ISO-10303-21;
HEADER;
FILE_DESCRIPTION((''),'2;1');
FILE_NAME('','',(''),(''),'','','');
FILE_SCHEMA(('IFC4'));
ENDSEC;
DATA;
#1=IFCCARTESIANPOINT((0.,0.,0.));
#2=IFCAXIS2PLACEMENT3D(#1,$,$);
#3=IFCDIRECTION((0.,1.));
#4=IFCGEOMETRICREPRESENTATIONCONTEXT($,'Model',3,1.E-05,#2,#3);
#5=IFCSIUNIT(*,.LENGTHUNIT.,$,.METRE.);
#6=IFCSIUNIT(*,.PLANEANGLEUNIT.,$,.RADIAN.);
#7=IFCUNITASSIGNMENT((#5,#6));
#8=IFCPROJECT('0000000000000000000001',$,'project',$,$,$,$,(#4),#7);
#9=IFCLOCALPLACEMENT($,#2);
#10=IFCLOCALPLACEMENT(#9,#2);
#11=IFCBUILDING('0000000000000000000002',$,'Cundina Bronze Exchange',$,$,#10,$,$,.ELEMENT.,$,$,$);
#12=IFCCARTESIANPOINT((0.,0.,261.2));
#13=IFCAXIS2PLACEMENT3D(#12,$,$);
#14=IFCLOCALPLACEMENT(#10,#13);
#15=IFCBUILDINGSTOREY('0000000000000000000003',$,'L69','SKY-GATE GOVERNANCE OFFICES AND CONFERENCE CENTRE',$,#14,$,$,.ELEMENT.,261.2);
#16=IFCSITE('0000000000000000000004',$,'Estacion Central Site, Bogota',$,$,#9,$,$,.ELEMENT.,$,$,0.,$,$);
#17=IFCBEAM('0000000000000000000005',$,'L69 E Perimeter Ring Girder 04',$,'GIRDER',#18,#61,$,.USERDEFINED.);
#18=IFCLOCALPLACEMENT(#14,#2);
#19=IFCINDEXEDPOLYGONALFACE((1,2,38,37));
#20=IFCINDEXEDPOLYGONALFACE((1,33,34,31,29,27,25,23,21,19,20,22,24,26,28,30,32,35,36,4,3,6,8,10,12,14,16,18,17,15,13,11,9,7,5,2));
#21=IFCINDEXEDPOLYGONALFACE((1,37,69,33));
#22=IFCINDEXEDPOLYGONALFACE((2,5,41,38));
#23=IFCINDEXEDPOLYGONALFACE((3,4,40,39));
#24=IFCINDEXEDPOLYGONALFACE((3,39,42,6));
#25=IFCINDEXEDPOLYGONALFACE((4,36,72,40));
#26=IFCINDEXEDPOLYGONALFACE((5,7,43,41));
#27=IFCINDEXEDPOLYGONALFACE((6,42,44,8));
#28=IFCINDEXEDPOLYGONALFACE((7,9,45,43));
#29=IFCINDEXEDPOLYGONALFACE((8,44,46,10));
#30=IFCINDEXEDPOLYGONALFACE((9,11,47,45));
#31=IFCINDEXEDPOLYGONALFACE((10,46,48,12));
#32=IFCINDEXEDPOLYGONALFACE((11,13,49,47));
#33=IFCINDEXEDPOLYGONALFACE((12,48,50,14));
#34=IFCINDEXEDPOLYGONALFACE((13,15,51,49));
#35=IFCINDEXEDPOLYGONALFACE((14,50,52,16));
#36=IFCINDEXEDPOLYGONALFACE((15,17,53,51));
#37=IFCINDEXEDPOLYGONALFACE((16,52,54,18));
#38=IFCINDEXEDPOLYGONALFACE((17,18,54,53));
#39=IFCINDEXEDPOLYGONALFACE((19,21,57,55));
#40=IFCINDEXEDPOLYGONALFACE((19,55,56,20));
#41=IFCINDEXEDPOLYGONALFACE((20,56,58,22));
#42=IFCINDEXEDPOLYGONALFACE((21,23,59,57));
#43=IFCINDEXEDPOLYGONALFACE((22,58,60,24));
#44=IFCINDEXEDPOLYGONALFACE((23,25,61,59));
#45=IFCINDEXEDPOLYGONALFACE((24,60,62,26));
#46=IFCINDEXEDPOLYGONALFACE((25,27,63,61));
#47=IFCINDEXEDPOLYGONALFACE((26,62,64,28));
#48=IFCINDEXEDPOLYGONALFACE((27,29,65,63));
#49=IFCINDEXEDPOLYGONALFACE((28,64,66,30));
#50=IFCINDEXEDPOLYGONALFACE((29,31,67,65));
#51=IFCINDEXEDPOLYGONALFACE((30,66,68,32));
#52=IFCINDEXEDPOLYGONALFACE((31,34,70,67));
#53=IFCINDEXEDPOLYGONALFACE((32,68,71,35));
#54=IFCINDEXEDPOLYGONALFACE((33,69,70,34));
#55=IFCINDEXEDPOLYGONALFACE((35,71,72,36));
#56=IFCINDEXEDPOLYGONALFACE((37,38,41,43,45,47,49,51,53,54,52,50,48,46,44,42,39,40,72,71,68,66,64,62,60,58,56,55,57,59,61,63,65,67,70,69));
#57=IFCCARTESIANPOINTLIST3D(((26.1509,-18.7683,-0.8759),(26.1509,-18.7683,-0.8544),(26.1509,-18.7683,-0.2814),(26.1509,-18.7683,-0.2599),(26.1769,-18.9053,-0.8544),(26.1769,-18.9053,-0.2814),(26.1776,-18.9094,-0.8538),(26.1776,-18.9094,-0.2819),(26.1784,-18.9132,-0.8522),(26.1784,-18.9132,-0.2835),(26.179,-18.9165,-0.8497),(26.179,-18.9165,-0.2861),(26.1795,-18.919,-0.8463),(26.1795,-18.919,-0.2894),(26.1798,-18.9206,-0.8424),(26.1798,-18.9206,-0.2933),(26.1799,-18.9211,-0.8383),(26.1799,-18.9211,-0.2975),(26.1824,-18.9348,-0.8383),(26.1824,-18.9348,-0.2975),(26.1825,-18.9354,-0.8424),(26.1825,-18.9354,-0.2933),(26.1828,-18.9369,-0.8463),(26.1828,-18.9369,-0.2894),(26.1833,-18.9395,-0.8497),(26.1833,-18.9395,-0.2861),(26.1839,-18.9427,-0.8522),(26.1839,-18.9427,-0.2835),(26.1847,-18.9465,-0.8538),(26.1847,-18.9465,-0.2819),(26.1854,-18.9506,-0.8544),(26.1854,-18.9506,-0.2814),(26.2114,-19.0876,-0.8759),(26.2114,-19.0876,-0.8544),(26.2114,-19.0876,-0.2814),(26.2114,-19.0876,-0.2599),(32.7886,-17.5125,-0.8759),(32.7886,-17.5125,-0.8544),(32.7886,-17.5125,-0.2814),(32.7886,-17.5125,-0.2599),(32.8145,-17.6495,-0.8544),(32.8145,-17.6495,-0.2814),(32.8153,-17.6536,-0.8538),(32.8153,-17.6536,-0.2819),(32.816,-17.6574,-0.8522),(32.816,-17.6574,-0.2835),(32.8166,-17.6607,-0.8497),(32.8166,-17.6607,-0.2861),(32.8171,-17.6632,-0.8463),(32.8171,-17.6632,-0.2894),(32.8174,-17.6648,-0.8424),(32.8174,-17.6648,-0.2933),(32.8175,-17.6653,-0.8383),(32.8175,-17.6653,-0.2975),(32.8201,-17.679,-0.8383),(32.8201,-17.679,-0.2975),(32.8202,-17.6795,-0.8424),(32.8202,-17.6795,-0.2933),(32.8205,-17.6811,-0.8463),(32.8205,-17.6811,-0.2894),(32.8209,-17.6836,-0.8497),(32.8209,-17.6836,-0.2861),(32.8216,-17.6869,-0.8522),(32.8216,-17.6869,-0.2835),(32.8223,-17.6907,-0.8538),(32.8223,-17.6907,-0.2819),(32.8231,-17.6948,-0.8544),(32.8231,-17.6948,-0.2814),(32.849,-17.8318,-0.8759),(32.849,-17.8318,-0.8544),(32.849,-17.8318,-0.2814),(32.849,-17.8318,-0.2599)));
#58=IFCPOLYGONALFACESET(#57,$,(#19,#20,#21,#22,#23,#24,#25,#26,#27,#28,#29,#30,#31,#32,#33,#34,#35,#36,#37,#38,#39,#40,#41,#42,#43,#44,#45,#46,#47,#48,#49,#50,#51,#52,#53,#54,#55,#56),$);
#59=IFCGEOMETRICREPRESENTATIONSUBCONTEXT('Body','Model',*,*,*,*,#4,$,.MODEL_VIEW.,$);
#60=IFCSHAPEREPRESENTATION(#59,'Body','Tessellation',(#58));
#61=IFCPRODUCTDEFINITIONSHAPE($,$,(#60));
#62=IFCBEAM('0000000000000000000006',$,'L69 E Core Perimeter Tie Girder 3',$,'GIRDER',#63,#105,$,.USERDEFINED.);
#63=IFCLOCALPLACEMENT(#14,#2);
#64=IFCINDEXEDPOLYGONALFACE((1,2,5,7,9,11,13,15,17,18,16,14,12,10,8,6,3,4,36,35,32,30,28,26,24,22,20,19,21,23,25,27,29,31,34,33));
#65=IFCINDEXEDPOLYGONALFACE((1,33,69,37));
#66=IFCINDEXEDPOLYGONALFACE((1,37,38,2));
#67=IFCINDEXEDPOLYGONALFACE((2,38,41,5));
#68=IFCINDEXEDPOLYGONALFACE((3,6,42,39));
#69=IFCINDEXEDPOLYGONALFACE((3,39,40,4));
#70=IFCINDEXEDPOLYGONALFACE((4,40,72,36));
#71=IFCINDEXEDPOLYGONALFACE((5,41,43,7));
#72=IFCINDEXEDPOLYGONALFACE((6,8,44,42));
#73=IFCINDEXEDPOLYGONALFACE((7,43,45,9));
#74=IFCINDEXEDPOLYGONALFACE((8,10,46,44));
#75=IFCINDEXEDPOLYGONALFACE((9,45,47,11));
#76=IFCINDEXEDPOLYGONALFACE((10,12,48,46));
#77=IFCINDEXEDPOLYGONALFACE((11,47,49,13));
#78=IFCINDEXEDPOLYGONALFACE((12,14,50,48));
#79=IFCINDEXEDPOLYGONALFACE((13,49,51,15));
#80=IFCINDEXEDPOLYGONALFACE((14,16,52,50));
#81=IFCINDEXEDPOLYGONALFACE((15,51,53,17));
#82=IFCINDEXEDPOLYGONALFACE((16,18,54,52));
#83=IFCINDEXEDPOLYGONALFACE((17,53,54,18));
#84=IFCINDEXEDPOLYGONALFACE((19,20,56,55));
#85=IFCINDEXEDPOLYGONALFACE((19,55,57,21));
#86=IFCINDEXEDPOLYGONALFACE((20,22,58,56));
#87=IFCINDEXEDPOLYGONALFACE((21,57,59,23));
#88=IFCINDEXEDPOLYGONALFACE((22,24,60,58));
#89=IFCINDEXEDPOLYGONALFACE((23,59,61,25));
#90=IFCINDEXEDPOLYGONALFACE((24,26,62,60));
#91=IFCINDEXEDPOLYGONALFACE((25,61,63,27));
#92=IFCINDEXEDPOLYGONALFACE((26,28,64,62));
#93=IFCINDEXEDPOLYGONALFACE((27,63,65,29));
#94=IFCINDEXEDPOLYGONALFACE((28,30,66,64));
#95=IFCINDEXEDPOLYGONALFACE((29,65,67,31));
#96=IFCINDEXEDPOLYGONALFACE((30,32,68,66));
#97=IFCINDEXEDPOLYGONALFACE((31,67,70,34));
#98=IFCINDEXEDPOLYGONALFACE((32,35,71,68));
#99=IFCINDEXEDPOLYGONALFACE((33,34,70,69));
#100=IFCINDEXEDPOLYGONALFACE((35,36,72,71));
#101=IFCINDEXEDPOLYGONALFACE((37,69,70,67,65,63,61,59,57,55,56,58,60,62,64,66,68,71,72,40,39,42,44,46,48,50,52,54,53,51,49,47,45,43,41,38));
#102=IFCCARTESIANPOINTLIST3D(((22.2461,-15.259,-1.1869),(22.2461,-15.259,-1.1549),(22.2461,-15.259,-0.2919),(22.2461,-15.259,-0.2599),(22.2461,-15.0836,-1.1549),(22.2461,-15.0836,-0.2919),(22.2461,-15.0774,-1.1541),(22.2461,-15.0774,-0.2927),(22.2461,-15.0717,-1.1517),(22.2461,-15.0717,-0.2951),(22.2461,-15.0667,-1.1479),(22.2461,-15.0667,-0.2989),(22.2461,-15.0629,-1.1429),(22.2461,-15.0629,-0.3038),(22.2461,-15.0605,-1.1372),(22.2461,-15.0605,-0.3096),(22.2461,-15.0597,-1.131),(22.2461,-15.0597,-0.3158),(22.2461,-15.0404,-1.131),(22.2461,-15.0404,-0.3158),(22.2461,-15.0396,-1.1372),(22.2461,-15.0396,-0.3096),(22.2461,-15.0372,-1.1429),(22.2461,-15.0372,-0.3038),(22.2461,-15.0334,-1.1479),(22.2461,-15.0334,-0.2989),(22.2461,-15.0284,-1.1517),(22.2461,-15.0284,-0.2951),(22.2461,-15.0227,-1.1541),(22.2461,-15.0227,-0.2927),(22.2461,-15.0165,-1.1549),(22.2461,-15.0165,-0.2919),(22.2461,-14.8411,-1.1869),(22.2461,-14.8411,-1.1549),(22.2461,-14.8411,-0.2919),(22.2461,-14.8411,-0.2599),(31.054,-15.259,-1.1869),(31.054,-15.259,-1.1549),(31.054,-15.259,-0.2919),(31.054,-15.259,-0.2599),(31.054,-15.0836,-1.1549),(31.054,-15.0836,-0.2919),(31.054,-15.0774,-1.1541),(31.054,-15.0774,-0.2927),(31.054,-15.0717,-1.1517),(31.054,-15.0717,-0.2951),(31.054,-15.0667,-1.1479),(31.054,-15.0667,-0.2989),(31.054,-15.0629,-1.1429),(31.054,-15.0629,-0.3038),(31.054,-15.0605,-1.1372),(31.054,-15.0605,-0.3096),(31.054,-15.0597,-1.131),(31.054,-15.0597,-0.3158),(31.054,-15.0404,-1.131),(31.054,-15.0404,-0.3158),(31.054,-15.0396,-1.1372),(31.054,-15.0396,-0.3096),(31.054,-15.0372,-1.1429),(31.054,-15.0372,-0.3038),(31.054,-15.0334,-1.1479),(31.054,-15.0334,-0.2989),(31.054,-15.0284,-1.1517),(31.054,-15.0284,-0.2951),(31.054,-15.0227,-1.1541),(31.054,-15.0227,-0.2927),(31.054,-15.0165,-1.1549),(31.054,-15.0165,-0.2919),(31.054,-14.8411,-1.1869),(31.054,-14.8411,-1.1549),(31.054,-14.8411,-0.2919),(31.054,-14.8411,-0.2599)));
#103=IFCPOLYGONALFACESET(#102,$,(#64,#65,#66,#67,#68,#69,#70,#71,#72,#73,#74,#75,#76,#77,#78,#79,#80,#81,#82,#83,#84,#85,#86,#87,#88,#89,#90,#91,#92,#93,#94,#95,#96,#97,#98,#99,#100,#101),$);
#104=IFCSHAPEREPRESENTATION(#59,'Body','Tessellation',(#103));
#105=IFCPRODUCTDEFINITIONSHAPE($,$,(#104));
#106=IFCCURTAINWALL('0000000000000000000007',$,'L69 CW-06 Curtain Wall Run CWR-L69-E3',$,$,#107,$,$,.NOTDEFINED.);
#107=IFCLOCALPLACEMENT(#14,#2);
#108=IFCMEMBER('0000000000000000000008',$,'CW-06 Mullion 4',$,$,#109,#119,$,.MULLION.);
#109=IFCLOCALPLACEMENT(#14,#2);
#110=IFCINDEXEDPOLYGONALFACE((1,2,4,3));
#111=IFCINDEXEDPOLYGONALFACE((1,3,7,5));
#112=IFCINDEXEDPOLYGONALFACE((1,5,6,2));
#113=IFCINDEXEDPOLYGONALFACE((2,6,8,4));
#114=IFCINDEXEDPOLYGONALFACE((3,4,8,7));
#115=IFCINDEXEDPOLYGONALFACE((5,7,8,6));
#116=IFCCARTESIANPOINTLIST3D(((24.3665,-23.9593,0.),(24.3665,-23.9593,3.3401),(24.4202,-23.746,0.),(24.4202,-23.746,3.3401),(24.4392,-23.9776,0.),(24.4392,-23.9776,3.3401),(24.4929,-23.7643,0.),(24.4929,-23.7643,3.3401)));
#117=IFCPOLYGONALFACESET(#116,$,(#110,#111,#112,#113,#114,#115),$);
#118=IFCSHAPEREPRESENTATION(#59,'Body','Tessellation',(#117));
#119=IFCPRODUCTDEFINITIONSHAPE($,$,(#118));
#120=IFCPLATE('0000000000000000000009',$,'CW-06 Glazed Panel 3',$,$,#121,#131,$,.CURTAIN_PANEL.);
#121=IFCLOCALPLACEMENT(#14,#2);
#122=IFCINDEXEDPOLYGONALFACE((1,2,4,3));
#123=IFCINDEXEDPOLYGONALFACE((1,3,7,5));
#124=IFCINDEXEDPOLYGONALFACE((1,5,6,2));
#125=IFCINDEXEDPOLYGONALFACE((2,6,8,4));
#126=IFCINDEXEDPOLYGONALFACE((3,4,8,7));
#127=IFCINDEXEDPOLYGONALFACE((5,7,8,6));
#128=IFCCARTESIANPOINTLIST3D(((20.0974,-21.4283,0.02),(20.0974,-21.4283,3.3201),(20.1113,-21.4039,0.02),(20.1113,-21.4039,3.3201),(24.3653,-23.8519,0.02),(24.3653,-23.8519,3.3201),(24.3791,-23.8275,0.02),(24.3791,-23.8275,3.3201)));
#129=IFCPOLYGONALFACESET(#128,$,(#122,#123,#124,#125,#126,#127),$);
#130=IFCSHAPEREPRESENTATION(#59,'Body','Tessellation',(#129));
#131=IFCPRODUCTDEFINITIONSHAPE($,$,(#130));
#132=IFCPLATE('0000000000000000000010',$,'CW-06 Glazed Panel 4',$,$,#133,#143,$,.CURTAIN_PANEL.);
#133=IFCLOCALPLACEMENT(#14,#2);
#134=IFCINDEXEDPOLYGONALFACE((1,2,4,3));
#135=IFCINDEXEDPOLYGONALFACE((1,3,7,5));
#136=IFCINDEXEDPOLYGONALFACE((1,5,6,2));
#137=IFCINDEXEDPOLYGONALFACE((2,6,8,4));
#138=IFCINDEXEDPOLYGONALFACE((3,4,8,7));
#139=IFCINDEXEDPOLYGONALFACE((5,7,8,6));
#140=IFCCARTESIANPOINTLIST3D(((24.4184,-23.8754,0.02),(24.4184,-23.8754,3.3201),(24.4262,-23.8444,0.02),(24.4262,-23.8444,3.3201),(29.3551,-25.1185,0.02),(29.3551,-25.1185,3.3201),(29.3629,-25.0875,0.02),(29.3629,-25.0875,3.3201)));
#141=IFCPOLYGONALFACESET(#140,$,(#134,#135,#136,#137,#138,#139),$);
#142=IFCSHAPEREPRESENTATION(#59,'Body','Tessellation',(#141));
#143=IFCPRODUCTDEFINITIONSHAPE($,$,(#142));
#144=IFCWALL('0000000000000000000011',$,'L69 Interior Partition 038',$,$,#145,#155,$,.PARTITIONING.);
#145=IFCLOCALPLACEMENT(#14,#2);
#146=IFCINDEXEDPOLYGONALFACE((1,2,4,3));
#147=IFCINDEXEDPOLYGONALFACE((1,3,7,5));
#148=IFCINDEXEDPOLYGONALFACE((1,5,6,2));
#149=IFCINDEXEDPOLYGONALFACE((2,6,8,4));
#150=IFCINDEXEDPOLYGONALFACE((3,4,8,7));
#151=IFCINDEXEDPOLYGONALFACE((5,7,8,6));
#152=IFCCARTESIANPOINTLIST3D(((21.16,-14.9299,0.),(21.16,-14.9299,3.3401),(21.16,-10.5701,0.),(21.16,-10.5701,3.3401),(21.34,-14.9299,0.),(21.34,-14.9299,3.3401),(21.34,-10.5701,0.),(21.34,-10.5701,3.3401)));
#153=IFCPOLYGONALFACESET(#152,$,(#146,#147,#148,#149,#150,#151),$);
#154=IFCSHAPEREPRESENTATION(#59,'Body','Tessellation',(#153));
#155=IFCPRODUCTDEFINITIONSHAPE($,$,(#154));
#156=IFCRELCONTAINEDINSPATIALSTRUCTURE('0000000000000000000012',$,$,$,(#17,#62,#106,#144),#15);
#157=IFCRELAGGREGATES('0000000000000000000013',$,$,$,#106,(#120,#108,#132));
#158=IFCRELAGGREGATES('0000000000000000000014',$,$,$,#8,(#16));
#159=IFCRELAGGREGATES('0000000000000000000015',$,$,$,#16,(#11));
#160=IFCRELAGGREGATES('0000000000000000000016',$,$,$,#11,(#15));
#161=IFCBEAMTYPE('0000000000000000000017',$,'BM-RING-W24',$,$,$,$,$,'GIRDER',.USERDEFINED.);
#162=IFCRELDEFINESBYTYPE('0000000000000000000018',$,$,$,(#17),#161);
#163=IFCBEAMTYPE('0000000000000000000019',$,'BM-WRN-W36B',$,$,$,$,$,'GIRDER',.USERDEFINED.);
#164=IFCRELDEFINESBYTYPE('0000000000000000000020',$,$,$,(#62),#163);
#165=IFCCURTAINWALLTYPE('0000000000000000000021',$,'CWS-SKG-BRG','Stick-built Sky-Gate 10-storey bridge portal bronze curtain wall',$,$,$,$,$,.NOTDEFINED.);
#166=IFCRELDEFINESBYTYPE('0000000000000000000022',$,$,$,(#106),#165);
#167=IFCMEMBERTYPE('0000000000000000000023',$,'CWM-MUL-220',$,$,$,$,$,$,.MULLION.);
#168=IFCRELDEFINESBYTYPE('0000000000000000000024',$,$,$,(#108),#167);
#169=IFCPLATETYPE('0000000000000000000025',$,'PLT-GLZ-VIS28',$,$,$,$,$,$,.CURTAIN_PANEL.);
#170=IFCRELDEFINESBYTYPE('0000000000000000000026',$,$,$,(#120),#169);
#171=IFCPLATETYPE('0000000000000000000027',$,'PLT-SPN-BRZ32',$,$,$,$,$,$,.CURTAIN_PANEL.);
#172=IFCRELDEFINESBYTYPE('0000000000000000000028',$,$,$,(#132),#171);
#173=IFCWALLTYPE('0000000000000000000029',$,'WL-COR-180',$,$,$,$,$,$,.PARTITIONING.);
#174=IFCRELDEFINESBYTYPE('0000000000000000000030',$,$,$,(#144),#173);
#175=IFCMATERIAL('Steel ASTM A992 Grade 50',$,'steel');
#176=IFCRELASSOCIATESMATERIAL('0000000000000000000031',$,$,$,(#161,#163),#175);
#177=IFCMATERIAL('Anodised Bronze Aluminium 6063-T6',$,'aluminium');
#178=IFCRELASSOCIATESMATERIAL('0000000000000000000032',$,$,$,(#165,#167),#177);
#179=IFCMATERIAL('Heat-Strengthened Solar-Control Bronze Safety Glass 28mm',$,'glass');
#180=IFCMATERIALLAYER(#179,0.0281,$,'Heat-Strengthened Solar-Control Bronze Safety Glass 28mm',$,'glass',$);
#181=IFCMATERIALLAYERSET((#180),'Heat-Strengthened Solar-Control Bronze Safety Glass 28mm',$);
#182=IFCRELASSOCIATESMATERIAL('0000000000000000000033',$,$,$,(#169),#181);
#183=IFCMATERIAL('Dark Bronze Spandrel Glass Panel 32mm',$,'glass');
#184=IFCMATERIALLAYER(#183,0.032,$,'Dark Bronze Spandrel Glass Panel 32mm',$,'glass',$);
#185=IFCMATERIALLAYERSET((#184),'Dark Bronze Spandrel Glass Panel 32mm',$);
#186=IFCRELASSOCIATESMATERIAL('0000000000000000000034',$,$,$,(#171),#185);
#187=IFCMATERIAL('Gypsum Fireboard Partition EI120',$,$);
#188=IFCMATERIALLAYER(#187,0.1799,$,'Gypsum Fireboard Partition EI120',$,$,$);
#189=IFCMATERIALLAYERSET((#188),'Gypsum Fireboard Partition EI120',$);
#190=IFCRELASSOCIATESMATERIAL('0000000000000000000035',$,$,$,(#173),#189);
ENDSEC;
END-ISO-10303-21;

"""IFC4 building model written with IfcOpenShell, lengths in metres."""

from ifc_helpers import new_model, si_unit, direction, frame, frame_2d, origin, origin_2d, place, context, subcontext, project, spatial, rectangle, i_section, extrude, material, layer, layer_set, material_profile, profile_set, type_object, element, aggregate, save


model = new_model("IFC4")

# Units and contexts
model_context = context("Model", 3, precision=1e-05, world=origin(), true_north=direction((0.0, 1.0)))
body_context = subcontext(model_context, "Body", "Model", "MODEL_VIEW")
ifc_project = project(units=[si_unit("LENGTHUNIT", "METRE"), si_unit("PLANEANGLEUNIT", "RADIAN")], contexts=[model_context])

# Site, building, storey
site_placement = place(None, origin())
site = spatial("IfcSite", under=ifc_project, at=site_placement, Name="Estacion Central Site, Bogota", CompositionType="ELEMENT", RefElevation=0.0)
building_placement = place(site_placement, origin())
building = spatial("IfcBuilding", under=site, at=building_placement, Name="Cundina Bronze Exchange", CompositionType="ELEMENT")
storey_placement = place(building_placement, frame((0.0, 0.0, 261.2)))
storey = spatial("IfcBuildingStorey", under=building, at=storey_placement, Name="L69", Description="SKY-GATE GOVERNANCE OFFICES AND CONFERENCE CENTRE", CompositionType="ELEMENT", Elevation=261.2)

# Shared definitions
ifc_material_1 = material(Name="Steel ASTM A992 Grade 50", Category="steel")

# Beams
ifc_material_profile_1 = material_profile(ifc_material_1, i_section(OverallWidth=0.325, OverallDepth=0.616, WebThickness=0.0139, FlangeThickness=0.0215, FilletRadius=0.0161, at=origin_2d()), Name="W24X117", Category="steel")
ifc_profile_set_1 = profile_set([ifc_material_profile_1], Name="Steel ASTM A992 Grade 50")
beam_type_1 = type_object("IfcBeamType", Name="BM-RING-W24", ElementType="GIRDER", PredefinedType="USERDEFINED", material=ifc_profile_set_1)
beam_1_placement = place(storey_placement, frame((26.1812, -18.928, -0.5679), z_axis=(0.982568, 0.185903, 0.0), x_axis=(-0.185903, 0.982568, 0.0)))
element("IfcBeam", 1, at=beam_1_placement, inside=storey, type_object=beam_type_1, Name="L69 E Perimeter Ring Girder 04", ObjectType="GIRDER", PredefinedType="USERDEFINED", context=body_context, shape_type="SweptSolid", body=[
    extrude(i_section(OverallWidth=0.325, OverallDepth=0.616, WebThickness=0.0139, FlangeThickness=0.0215, FilletRadius=0.0161, at=origin_2d()), origin(), (0.0, 0.0, 1.0), 6.7554),
])
ifc_material_profile_2 = material_profile(ifc_material_1, i_section(OverallWidth=0.418, OverallDepth=0.927, WebThickness=0.0193, FlangeThickness=0.032, FilletRadius=0.0239, at=origin_2d()), Name="W36X231", Category="steel")
ifc_profile_set_2 = profile_set([ifc_material_profile_2], Name="Steel ASTM A992 Grade 50")
beam_type_2 = type_object("IfcBeamType", Name="BM-WRN-W36B", ElementType="GIRDER", PredefinedType="USERDEFINED", material=ifc_profile_set_2)
beam_2_placement = place(storey_placement, frame((22.2461, -15.05, -0.7234), z_axis=(1.0, 0.0, 0.0), x_axis=(0.0, 1.0, 0.0)))
element("IfcBeam", 2, at=beam_2_placement, inside=storey, type_object=beam_type_2, Name="L69 E Core Perimeter Tie Girder 3", ObjectType="GIRDER", PredefinedType="USERDEFINED", context=body_context, shape_type="SweptSolid", body=[
    extrude(i_section(OverallWidth=0.418, OverallDepth=0.927, WebThickness=0.0193, FlangeThickness=0.032, FilletRadius=0.0239, at=origin_2d()), origin(), (0.0, 0.0, 1.0), 8.8079),
])

# Curtain wall, member, plates
ifc_material_2 = material(Name="Anodised Bronze Aluminium 6063-T6", Category="aluminium")
curtain_wall_type = type_object("IfcCurtainWallType", Name="CWS-SKG-BRG", Description="Stick-built Sky-Gate 10-storey bridge portal bronze curtain wall", PredefinedType="NOTDEFINED", material=ifc_material_2)
curtain_wall_placement = place(storey_placement, origin())
curtain_wall = element("IfcCurtainWall", 3, at=curtain_wall_placement, inside=storey, type_object=curtain_wall_type, Name="L69 CW-06 Curtain Wall Run CWR-L69-E3", PredefinedType="NOTDEFINED")
ifc_material_profile_3 = material_profile(ifc_material_2, rectangle(XDim=0.075, YDim=0.22, at=origin_2d()), Name="AL75X220", Category="aluminium")
ifc_profile_set_3 = profile_set([ifc_material_profile_3], Name="Anodised Bronze Aluminium 6063-T6")
member_type = type_object("IfcMemberType", Name="CWM-MUL-220", PredefinedType="MULLION", material=ifc_profile_set_3)
member_placement = place(storey_placement, frame((24.4297, -23.8618, 0.0), z_axis=(0.0, 0.0, 1.0), x_axis=(0.969744, -0.244123, 0.0)))
member = element("IfcMember", 4, at=member_placement, type_object=member_type, Name="CW-06 Mullion 4", PredefinedType="MULLION", context=body_context, shape_type="SweptSolid", body=[
    extrude(rectangle(XDim=0.075, YDim=0.22, at=origin_2d()), origin(), (0.0, 0.0, 1.0), 3.3401),
])
ifc_material_3 = material(Name="Heat-Strengthened Solar-Control Bronze Safety Glass 28mm", Category="glass")
ifc_layer_1 = layer(ifc_material_3, 0.0281, Name="Heat-Strengthened Solar-Control Bronze Safety Glass 28mm", Category="glass")
ifc_layer_set_1 = layer_set([ifc_layer_1], Name="Heat-Strengthened Solar-Control Bronze Safety Glass 28mm")
plate_type_1 = type_object("IfcPlateType", Name="PLT-GLZ-VIS28", PredefinedType="CURTAIN_PANEL", material=ifc_layer_set_1)
plate_1_placement = place(storey_placement, frame((22.2383, -22.6279, 0.02), z_axis=(0.0, 0.0, 1.0), x_axis=(0.869573, -0.493805, 0.0)))
plate_1 = element("IfcPlate", 5, at=plate_1_placement, type_object=plate_type_1, Name="CW-06 Glazed Panel 3", PredefinedType="CURTAIN_PANEL", context=body_context, shape_type="SweptSolid", body=[
    extrude(rectangle(XDim=4.908, YDim=0.0281, at=origin_2d()), origin(), (0.0, 0.0, 1.0), 3.3),
])
ifc_material_4 = material(Name="Dark Bronze Spandrel Glass Panel 32mm", Category="glass")
ifc_layer_2 = layer(ifc_material_4, 0.032, Name="Dark Bronze Spandrel Glass Panel 32mm", Category="glass")
ifc_layer_set_2 = layer_set([ifc_layer_2], Name="Dark Bronze Spandrel Glass Panel 32mm")
plate_type_2 = type_object("IfcPlateType", Name="PLT-SPN-BRZ32", PredefinedType="CURTAIN_PANEL", material=ifc_layer_set_2)
plate_2_placement = place(storey_placement, frame((26.8906, -24.4814, 0.02), z_axis=(0.0, 0.0, 1.0), x_axis=(0.969732, -0.244174, 0.0)))
plate_2 = element("IfcPlate", 6, at=plate_2_placement, type_object=plate_type_2, Name="CW-06 Glazed Panel 4", PredefinedType="CURTAIN_PANEL", context=body_context, shape_type="SweptSolid", body=[
    extrude(rectangle(XDim=5.0908, YDim=0.032, at=origin_2d()), origin(), (0.0, 0.0, 1.0), 3.3),
])
aggregate(curtain_wall, [plate_1, member, plate_2])

# Wall
ifc_material_5 = material(Name="Gypsum Fireboard Partition EI120")
ifc_layer_3 = layer(ifc_material_5, 0.1799, Name="Gypsum Fireboard Partition EI120")
ifc_layer_set_3 = layer_set([ifc_layer_3], Name="Gypsum Fireboard Partition EI120")
wall_type_1 = type_object("IfcWallType", Name="WL-COR-180", PredefinedType="PARTITIONING", material=ifc_layer_set_3)
wall_1_placement = place(storey_placement, frame((21.25, -14.9299, 0.0), z_axis=(0.0, 0.0, 1.0), x_axis=(0.0, 1.0, 0.0)))
element("IfcWall", 7, at=wall_1_placement, inside=storey, type_object=wall_type_1, Name="L69 Interior Partition 038", PredefinedType="PARTITIONING", context=body_context, shape_type="SweptSolid", body=[
    extrude(rectangle(XDim=4.3599, YDim=0.1799, at=frame_2d((2.1799, 0.0))), origin(), (0.0, 0.0, 1.0), 3.3401),
])

save(model, "model.ifc")
